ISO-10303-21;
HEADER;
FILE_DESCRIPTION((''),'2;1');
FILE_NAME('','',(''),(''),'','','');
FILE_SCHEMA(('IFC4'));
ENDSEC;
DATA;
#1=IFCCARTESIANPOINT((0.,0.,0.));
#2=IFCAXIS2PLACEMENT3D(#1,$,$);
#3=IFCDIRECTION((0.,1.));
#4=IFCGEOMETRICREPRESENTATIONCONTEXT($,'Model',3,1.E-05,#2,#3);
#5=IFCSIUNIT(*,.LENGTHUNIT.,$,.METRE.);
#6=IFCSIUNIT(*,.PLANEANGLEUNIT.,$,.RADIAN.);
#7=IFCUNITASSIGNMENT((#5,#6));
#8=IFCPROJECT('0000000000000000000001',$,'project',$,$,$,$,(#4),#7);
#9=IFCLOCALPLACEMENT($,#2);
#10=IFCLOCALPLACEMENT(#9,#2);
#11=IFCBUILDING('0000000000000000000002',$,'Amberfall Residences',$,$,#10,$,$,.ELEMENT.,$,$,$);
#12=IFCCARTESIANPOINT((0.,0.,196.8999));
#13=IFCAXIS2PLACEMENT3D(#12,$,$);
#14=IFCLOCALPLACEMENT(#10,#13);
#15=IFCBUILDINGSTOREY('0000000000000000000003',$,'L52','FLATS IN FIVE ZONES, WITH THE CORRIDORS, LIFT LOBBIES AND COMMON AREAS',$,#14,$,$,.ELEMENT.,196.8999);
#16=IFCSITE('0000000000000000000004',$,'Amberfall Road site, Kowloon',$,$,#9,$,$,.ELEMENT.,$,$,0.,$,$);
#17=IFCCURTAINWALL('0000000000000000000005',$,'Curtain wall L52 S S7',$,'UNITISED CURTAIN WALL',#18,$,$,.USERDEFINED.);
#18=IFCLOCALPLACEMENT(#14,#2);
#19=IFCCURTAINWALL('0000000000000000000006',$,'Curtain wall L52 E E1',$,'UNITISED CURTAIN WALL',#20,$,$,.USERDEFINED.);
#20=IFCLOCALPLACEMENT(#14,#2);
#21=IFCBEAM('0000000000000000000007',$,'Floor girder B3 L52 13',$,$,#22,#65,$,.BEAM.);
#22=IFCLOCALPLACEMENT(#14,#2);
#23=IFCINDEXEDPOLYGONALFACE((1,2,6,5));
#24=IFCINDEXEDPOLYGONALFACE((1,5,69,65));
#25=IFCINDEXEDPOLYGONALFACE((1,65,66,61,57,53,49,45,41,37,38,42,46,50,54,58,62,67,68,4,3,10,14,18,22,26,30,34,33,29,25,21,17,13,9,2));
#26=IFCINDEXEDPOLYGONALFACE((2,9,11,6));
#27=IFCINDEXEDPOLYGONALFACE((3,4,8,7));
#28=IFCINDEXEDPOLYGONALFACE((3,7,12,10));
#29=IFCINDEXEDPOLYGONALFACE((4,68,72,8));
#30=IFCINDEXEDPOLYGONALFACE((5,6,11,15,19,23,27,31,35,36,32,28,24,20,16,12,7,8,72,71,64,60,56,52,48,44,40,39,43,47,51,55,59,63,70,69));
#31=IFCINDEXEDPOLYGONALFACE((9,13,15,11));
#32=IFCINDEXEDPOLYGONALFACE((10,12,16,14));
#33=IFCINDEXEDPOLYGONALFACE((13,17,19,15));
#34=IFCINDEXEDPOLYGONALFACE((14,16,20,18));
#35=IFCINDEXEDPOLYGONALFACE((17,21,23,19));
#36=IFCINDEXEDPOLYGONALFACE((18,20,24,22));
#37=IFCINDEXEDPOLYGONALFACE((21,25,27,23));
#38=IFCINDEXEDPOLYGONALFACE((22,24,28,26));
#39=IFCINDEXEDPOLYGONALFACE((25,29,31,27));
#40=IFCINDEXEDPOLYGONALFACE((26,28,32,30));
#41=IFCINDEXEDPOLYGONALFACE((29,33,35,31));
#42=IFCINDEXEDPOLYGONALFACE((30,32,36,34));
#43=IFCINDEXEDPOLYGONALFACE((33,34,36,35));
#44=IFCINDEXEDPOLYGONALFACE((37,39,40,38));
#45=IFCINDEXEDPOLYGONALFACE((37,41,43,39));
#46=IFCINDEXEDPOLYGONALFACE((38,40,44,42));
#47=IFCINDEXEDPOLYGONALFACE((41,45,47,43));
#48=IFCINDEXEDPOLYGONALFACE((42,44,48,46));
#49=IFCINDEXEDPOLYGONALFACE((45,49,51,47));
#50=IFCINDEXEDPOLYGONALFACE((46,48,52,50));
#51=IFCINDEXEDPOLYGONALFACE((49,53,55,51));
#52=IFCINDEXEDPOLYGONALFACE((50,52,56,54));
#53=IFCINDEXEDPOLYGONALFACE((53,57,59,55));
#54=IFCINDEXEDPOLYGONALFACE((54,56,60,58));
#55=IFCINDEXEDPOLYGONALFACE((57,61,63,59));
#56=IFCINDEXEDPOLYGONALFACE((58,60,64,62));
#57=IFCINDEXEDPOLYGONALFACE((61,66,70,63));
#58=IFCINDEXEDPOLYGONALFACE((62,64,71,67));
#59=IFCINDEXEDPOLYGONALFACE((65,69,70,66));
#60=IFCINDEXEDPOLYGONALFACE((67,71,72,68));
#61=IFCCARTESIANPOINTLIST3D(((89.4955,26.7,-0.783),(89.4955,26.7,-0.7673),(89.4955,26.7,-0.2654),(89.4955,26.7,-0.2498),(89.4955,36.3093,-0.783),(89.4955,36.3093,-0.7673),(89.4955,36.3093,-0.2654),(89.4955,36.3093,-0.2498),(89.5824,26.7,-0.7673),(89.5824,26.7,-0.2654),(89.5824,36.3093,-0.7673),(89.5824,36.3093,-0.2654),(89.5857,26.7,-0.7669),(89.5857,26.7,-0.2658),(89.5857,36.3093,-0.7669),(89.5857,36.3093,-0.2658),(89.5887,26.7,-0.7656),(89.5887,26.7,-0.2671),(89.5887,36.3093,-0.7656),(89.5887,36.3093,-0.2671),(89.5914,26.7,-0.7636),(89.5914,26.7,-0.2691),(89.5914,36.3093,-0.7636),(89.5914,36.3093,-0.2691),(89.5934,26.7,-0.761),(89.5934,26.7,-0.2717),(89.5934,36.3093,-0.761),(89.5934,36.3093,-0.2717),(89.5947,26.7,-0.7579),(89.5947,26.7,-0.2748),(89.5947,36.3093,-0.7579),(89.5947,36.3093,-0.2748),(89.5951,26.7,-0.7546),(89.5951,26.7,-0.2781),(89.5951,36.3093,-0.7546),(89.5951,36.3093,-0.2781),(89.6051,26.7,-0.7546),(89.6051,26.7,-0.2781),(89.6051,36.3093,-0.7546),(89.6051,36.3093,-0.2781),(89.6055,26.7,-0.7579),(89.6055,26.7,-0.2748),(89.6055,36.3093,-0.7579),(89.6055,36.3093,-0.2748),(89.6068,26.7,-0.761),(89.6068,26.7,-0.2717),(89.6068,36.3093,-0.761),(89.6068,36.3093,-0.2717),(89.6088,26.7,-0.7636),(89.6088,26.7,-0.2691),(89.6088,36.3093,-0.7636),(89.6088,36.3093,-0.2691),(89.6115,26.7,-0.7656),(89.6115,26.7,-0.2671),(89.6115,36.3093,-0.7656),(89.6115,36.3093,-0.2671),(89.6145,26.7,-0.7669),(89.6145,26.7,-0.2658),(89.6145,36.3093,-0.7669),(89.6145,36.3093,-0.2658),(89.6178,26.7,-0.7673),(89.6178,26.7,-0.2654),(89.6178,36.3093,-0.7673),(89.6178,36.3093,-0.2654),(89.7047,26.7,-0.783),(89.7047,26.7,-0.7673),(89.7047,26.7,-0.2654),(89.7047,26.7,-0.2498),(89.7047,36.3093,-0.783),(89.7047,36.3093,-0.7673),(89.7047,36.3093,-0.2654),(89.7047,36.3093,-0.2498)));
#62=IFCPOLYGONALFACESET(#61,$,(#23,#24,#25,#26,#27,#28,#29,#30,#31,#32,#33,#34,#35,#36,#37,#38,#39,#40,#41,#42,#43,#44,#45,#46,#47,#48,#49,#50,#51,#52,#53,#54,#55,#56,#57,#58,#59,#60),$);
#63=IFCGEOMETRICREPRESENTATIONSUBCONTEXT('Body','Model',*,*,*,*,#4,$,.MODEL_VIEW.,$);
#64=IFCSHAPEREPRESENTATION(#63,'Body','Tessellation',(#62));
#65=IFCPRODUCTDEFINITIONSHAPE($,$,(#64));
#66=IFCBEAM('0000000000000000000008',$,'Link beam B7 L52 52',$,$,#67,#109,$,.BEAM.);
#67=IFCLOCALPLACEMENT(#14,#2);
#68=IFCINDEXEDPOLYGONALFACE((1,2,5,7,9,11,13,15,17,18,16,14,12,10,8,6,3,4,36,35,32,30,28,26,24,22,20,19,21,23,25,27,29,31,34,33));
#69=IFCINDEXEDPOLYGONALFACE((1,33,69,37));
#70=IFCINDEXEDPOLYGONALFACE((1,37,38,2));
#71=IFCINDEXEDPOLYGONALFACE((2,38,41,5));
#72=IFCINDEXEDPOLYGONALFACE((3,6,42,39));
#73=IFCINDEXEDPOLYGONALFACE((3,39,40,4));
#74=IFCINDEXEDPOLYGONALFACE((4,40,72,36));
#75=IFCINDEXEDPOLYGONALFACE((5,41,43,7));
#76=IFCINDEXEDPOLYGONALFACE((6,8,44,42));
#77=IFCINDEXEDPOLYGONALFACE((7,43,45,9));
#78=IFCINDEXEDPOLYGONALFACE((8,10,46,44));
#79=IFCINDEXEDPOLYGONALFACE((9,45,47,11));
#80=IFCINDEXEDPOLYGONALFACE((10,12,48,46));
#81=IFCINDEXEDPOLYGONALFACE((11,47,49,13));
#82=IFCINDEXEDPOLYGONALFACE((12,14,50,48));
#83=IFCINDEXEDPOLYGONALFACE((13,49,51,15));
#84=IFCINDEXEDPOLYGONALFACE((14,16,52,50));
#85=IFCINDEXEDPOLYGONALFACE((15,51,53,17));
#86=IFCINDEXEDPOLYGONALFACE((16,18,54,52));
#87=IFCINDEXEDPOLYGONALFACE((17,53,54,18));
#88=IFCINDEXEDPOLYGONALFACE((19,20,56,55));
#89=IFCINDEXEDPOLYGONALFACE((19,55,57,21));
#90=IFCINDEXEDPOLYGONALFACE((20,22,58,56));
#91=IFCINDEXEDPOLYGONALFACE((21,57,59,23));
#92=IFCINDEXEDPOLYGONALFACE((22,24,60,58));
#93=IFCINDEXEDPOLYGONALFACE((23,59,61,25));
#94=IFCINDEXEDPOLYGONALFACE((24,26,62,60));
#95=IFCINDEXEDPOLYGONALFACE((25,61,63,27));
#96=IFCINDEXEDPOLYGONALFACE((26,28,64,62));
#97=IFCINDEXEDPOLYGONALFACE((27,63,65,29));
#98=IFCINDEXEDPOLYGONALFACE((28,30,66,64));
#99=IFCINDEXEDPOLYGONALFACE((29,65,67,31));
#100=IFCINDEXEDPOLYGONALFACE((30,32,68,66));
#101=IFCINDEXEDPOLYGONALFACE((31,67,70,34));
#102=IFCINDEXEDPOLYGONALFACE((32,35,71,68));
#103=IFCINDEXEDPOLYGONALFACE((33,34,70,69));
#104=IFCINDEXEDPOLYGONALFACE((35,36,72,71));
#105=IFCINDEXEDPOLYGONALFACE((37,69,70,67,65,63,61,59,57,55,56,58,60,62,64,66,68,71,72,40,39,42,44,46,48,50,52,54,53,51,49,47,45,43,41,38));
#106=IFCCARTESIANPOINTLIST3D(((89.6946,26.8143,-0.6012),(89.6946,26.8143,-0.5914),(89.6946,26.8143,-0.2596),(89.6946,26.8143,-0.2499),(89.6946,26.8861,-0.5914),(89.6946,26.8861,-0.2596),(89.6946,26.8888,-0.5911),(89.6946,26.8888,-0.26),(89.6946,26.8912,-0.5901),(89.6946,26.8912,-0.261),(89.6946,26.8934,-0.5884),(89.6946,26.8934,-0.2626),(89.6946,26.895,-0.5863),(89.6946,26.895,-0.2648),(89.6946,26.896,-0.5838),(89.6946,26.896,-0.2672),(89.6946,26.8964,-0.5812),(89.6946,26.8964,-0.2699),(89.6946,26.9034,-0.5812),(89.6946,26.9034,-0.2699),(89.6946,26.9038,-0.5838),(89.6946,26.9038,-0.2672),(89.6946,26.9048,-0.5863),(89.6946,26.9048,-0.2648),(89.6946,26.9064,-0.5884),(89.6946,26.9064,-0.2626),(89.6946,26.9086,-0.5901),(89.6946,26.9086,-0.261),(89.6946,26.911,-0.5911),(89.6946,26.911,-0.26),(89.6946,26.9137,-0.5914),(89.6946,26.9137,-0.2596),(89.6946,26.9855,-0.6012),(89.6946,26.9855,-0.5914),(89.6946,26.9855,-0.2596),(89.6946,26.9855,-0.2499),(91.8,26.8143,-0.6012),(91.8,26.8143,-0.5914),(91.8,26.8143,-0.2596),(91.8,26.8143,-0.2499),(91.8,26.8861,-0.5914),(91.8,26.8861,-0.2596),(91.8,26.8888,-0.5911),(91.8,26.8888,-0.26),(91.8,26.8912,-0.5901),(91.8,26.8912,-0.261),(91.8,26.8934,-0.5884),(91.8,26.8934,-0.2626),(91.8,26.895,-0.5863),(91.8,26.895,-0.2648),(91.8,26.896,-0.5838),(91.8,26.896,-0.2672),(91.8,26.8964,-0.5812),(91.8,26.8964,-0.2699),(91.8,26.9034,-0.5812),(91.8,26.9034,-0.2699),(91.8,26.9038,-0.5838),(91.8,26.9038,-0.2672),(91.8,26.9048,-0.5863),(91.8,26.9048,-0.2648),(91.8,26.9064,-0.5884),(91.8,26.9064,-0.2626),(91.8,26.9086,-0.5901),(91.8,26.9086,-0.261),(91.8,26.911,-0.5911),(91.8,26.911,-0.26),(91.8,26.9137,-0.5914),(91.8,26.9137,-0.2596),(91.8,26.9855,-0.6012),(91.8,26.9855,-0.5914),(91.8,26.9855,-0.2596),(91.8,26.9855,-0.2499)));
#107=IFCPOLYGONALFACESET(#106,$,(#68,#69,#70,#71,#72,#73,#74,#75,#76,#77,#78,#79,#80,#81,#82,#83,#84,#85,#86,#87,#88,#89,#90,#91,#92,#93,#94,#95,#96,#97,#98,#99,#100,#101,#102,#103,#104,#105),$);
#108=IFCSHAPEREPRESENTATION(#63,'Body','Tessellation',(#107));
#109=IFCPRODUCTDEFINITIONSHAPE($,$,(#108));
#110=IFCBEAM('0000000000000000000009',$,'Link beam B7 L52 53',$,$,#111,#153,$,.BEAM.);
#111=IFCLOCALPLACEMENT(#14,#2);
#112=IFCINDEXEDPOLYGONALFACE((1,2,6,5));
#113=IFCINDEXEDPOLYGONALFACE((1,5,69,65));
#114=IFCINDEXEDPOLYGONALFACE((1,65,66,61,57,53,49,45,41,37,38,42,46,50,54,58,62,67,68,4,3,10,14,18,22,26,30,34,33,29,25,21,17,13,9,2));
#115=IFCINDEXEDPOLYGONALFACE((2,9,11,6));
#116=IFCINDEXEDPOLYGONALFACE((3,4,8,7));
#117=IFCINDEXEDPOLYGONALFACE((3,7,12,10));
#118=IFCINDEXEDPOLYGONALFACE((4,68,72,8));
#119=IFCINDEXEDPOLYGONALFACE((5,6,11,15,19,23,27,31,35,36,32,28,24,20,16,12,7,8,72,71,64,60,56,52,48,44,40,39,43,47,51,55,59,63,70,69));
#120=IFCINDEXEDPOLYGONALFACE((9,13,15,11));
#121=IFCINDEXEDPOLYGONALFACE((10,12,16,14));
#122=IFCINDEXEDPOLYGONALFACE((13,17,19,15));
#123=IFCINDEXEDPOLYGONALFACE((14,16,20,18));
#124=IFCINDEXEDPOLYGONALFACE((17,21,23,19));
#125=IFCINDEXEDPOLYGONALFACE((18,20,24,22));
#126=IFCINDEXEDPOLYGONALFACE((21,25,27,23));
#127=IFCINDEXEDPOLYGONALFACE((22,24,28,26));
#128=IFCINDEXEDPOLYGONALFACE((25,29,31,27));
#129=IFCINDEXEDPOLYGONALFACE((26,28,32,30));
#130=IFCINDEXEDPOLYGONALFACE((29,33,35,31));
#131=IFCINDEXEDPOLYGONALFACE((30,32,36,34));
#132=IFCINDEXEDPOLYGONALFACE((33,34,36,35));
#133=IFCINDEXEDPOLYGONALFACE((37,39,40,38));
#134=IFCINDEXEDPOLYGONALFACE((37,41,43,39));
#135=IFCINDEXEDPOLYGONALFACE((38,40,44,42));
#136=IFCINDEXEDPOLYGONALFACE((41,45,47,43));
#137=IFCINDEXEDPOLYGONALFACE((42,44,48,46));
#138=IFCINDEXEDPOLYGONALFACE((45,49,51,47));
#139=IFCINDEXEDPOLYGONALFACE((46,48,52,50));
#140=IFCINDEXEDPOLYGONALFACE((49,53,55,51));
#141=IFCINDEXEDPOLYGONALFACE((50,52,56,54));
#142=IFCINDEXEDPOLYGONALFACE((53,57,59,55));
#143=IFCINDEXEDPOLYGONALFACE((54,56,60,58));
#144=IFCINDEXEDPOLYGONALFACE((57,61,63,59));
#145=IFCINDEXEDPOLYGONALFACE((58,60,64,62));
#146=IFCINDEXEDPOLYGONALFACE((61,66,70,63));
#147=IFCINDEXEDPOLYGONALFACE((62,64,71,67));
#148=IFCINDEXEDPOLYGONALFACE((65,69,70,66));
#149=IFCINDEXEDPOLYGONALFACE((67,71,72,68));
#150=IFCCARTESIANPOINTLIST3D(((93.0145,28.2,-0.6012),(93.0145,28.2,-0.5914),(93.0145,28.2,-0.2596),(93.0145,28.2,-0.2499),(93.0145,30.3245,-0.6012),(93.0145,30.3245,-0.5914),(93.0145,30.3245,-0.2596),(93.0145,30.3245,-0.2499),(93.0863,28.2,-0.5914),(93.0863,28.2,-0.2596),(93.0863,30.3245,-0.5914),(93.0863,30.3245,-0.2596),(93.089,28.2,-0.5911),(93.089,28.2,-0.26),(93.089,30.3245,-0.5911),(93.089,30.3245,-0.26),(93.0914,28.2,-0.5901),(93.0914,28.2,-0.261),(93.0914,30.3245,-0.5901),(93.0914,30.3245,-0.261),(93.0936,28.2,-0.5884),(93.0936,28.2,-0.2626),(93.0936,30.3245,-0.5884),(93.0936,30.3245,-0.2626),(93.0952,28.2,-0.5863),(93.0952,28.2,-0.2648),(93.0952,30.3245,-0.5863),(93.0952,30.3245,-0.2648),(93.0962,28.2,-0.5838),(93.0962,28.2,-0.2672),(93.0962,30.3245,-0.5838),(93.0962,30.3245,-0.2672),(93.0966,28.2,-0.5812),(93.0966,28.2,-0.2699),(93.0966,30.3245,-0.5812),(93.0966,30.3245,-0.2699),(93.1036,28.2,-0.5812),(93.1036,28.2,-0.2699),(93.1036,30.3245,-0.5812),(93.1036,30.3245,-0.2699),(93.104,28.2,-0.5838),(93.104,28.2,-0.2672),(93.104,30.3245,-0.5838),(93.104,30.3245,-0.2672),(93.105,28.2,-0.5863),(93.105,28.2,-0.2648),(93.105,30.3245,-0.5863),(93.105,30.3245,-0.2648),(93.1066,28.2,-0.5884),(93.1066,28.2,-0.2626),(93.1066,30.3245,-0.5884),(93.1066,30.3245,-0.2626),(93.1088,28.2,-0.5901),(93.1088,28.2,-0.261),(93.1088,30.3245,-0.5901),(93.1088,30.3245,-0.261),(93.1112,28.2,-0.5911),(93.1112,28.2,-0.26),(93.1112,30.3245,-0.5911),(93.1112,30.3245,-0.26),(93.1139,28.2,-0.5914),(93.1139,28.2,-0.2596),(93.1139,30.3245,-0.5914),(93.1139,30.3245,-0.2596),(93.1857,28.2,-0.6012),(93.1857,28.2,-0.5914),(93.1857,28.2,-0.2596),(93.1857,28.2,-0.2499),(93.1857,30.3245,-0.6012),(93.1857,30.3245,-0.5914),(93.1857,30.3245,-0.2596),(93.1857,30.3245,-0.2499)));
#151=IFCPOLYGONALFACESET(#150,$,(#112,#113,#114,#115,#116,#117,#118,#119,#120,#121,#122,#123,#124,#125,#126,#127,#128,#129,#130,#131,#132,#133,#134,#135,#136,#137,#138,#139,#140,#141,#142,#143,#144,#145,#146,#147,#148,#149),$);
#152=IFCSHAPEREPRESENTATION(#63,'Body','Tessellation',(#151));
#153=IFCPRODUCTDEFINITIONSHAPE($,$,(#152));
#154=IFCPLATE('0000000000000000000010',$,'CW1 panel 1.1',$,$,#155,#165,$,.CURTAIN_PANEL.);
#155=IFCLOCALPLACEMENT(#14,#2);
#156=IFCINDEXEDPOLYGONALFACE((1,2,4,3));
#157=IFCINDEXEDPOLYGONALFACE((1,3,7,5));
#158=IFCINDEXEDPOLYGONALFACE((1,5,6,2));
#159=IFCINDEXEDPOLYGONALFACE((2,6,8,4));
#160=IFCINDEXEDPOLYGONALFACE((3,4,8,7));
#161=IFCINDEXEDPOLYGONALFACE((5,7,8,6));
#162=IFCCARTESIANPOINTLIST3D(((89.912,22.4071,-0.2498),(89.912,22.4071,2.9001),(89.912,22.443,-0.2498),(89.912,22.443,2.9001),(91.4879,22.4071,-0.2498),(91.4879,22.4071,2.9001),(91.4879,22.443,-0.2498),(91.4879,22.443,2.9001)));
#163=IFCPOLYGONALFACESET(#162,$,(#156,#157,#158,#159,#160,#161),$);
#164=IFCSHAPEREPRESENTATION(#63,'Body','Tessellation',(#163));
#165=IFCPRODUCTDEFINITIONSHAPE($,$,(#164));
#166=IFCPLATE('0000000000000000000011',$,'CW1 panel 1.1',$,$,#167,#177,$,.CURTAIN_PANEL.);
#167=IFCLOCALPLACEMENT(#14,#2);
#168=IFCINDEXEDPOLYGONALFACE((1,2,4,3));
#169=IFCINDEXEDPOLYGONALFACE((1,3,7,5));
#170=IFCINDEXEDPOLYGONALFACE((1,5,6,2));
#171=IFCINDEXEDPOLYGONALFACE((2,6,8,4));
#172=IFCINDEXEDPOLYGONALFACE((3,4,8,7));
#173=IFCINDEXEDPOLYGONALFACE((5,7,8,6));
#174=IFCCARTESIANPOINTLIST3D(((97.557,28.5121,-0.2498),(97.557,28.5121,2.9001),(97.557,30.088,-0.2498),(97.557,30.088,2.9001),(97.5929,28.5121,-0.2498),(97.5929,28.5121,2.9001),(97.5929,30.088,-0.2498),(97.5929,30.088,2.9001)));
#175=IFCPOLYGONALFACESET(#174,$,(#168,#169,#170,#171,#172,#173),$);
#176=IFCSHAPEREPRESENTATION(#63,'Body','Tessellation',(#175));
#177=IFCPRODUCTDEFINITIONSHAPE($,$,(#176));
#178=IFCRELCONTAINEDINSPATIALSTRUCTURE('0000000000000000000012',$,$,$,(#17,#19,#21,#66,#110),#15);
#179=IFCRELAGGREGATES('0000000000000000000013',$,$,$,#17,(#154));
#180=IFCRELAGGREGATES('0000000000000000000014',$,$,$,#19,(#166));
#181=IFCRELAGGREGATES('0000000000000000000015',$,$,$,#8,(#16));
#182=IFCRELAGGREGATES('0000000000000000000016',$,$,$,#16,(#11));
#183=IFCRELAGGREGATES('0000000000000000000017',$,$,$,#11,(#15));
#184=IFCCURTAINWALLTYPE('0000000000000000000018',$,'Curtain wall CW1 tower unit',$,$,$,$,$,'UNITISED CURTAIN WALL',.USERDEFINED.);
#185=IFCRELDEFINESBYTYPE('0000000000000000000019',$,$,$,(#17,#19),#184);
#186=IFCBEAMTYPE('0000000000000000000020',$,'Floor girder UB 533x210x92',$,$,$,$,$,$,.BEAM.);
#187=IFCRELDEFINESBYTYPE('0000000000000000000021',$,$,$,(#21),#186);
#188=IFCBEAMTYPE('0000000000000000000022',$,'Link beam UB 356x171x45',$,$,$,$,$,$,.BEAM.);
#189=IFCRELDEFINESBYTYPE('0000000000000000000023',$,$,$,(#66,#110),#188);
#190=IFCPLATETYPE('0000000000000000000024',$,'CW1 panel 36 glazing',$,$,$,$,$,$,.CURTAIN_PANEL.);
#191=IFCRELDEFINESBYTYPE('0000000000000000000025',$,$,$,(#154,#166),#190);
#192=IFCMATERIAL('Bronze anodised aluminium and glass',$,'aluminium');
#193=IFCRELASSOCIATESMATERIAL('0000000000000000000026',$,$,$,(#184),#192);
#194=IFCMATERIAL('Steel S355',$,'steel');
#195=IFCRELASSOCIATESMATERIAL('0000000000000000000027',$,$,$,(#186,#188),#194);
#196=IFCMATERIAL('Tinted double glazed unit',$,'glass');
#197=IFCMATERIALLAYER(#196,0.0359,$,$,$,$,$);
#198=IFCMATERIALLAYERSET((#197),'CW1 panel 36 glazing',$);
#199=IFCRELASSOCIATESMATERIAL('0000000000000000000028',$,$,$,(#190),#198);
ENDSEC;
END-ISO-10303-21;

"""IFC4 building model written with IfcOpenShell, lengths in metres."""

from ifc_helpers import new_model, si_unit, direction, frame, origin, origin_2d, place, context, subcontext, project, spatial, rectangle, i_section, extrude, material, layer, layer_set, material_profile, profile_set, type_object, element, aggregate, save


model = new_model("IFC4")

# Units and contexts
model_context = context("Model", 3, precision=1e-05, world=origin(), true_north=direction((0.0, 1.0)))
body_context = subcontext(model_context, "Body", "Model", "MODEL_VIEW")
ifc_project = project(units=[si_unit("LENGTHUNIT", "METRE"), si_unit("PLANEANGLEUNIT", "RADIAN")], contexts=[model_context])

# Site, building, storey
site_placement = place(None, origin())
site = spatial("IfcSite", under=ifc_project, at=site_placement, Name="Amberfall Road site, Kowloon", CompositionType="ELEMENT", RefElevation=0.0)
building_placement = place(site_placement, origin())
building = spatial("IfcBuilding", under=site, at=building_placement, Name="Amberfall Residences", CompositionType="ELEMENT")
storey_placement = place(building_placement, frame((0.0, 0.0, 196.8999)))
storey = spatial("IfcBuildingStorey", under=building, at=storey_placement, Name="L52", Description="FLATS IN FIVE ZONES, WITH THE CORRIDORS, LIFT LOBBIES AND COMMON AREAS", CompositionType="ELEMENT", Elevation=196.8999)

# Curtain walls
ifc_material_1 = material(Name="Bronze anodised aluminium and glass", Category="aluminium")
curtain_wall_type = type_object("IfcCurtainWallType", Name="Curtain wall CW1 tower unit", ElementType="UNITISED CURTAIN WALL", PredefinedType="USERDEFINED", material=ifc_material_1)
curtain_wall_1_placement = place(storey_placement, origin())
curtain_wall_1 = element("IfcCurtainWall", 1, at=curtain_wall_1_placement, inside=storey, type_object=curtain_wall_type, Name="Curtain wall L52 S S7", ObjectType="UNITISED CURTAIN WALL", PredefinedType="USERDEFINED")
curtain_wall_2_placement = place(storey_placement, origin())
curtain_wall_2 = element("IfcCurtainWall", 2, at=curtain_wall_2_placement, inside=storey, type_object=curtain_wall_type, Name="Curtain wall L52 E E1", ObjectType="UNITISED CURTAIN WALL", PredefinedType="USERDEFINED")

# Beams
ifc_material_2 = material(Name="Steel S355", Category="steel")
ifc_material_profile_1 = material_profile(ifc_material_2, i_section(OverallWidth=0.2092, OverallDepth=0.5332, WebThickness=0.01, FlangeThickness=0.0156, FilletRadius=0.0127, at=origin_2d()), Name="UB 533x210x92")
ifc_profile_set_1 = profile_set([ifc_material_profile_1], Name="Steel S355")
beam_type_1 = type_object("IfcBeamType", Name="Floor girder UB 533x210x92", PredefinedType="BEAM", material=ifc_profile_set_1)
beam_1_placement = place(storey_placement, frame((89.6001, 26.7, -0.5164), z_axis=(0.0, 1.0, 0.0), x_axis=(-1.0, 0.0, 0.0)))
element("IfcBeam", 3, at=beam_1_placement, inside=storey, type_object=beam_type_1, Name="Floor girder B3 L52 13", PredefinedType="BEAM", context=body_context, shape_type="SweptSolid", body=[
    extrude(i_section(OverallWidth=0.2092, OverallDepth=0.5332, WebThickness=0.01, FlangeThickness=0.0156, FilletRadius=0.0127, at=origin_2d()), origin(), (0.0, 0.0, 1.0), 9.6094),
])
ifc_material_profile_2 = material_profile(ifc_material_2, i_section(OverallWidth=0.1711, OverallDepth=0.3513, WebThickness=0.0071, FlangeThickness=0.0098, FilletRadius=0.0103, at=origin_2d()), Name="UB 356x171x45")
ifc_profile_set_2 = profile_set([ifc_material_profile_2], Name="Steel S355")
beam_type_2 = type_object("IfcBeamType", Name="Link beam UB 356x171x45", PredefinedType="BEAM", material=ifc_profile_set_2)
beam_2_placement = place(storey_placement, frame((91.8, 26.8999, -0.4255), z_axis=(-1.0, 0.0, 0.0), x_axis=(0.0, -1.0, 0.0)))
element("IfcBeam", 4, at=beam_2_placement, inside=storey, type_object=beam_type_2, Name="Link beam B7 L52 52", PredefinedType="BEAM", context=body_context, shape_type="SweptSolid", body=[
    extrude(i_section(OverallWidth=0.1711, OverallDepth=0.3513, WebThickness=0.0071, FlangeThickness=0.0098, FilletRadius=0.0103, at=origin_2d()), origin(), (0.0, 0.0, 1.0), 2.1055),
])
beam_3_placement = place(storey_placement, frame((93.1001, 28.2, -0.4255), z_axis=(0.0, 1.0, 0.0), x_axis=(-1.0, 0.0, 0.0)))
element("IfcBeam", 5, at=beam_3_placement, inside=storey, type_object=beam_type_2, Name="Link beam B7 L52 53", PredefinedType="BEAM", context=body_context, shape_type="SweptSolid", body=[
    extrude(i_section(OverallWidth=0.1711, OverallDepth=0.3513, WebThickness=0.0071, FlangeThickness=0.0098, FilletRadius=0.0103, at=origin_2d()), origin(), (0.0, 0.0, 1.0), 2.1245),
])

# Plates
ifc_material_3 = material(Name="Tinted double glazed unit", Category="glass")
ifc_layer_1 = layer(ifc_material_3, 0.0359)
ifc_layer_set_1 = layer_set([ifc_layer_1], Name="CW1 panel 36 glazing")
plate_type = type_object("IfcPlateType", Name="CW1 panel 36 glazing", PredefinedType="CURTAIN_PANEL", material=ifc_layer_set_1)
plate_1_placement = place(storey_placement, frame((90.7, 22.425, -0.2498), z_axis=(0.0, 0.0, 1.0), x_axis=(1.0, 0.0, 0.0)))
plate_1 = element("IfcPlate", 6, at=plate_1_placement, type_object=plate_type, Name="CW1 panel 1.1", PredefinedType="CURTAIN_PANEL", context=body_context, shape_type="SweptSolid", body=[
    extrude(rectangle(XDim=1.5759, YDim=0.0359, at=origin_2d()), origin(), (0.0, 0.0, 1.0), 3.1499),
])
aggregate(curtain_wall_1, [plate_1])
plate_2_placement = place(storey_placement, frame((97.575, 29.3, -0.2498), z_axis=(0.0, 0.0, 1.0), x_axis=(0.0, 1.0, 0.0)))
plate_2 = element("IfcPlate", 7, at=plate_2_placement, type_object=plate_type, Name="CW1 panel 1.1", PredefinedType="CURTAIN_PANEL", context=body_context, shape_type="SweptSolid", body=[
    extrude(rectangle(XDim=1.5759, YDim=0.0359, at=origin_2d()), origin(), (0.0, 0.0, 1.0), 3.1499),
])
aggregate(curtain_wall_2, [plate_2])

save(model, "model.ifc")
